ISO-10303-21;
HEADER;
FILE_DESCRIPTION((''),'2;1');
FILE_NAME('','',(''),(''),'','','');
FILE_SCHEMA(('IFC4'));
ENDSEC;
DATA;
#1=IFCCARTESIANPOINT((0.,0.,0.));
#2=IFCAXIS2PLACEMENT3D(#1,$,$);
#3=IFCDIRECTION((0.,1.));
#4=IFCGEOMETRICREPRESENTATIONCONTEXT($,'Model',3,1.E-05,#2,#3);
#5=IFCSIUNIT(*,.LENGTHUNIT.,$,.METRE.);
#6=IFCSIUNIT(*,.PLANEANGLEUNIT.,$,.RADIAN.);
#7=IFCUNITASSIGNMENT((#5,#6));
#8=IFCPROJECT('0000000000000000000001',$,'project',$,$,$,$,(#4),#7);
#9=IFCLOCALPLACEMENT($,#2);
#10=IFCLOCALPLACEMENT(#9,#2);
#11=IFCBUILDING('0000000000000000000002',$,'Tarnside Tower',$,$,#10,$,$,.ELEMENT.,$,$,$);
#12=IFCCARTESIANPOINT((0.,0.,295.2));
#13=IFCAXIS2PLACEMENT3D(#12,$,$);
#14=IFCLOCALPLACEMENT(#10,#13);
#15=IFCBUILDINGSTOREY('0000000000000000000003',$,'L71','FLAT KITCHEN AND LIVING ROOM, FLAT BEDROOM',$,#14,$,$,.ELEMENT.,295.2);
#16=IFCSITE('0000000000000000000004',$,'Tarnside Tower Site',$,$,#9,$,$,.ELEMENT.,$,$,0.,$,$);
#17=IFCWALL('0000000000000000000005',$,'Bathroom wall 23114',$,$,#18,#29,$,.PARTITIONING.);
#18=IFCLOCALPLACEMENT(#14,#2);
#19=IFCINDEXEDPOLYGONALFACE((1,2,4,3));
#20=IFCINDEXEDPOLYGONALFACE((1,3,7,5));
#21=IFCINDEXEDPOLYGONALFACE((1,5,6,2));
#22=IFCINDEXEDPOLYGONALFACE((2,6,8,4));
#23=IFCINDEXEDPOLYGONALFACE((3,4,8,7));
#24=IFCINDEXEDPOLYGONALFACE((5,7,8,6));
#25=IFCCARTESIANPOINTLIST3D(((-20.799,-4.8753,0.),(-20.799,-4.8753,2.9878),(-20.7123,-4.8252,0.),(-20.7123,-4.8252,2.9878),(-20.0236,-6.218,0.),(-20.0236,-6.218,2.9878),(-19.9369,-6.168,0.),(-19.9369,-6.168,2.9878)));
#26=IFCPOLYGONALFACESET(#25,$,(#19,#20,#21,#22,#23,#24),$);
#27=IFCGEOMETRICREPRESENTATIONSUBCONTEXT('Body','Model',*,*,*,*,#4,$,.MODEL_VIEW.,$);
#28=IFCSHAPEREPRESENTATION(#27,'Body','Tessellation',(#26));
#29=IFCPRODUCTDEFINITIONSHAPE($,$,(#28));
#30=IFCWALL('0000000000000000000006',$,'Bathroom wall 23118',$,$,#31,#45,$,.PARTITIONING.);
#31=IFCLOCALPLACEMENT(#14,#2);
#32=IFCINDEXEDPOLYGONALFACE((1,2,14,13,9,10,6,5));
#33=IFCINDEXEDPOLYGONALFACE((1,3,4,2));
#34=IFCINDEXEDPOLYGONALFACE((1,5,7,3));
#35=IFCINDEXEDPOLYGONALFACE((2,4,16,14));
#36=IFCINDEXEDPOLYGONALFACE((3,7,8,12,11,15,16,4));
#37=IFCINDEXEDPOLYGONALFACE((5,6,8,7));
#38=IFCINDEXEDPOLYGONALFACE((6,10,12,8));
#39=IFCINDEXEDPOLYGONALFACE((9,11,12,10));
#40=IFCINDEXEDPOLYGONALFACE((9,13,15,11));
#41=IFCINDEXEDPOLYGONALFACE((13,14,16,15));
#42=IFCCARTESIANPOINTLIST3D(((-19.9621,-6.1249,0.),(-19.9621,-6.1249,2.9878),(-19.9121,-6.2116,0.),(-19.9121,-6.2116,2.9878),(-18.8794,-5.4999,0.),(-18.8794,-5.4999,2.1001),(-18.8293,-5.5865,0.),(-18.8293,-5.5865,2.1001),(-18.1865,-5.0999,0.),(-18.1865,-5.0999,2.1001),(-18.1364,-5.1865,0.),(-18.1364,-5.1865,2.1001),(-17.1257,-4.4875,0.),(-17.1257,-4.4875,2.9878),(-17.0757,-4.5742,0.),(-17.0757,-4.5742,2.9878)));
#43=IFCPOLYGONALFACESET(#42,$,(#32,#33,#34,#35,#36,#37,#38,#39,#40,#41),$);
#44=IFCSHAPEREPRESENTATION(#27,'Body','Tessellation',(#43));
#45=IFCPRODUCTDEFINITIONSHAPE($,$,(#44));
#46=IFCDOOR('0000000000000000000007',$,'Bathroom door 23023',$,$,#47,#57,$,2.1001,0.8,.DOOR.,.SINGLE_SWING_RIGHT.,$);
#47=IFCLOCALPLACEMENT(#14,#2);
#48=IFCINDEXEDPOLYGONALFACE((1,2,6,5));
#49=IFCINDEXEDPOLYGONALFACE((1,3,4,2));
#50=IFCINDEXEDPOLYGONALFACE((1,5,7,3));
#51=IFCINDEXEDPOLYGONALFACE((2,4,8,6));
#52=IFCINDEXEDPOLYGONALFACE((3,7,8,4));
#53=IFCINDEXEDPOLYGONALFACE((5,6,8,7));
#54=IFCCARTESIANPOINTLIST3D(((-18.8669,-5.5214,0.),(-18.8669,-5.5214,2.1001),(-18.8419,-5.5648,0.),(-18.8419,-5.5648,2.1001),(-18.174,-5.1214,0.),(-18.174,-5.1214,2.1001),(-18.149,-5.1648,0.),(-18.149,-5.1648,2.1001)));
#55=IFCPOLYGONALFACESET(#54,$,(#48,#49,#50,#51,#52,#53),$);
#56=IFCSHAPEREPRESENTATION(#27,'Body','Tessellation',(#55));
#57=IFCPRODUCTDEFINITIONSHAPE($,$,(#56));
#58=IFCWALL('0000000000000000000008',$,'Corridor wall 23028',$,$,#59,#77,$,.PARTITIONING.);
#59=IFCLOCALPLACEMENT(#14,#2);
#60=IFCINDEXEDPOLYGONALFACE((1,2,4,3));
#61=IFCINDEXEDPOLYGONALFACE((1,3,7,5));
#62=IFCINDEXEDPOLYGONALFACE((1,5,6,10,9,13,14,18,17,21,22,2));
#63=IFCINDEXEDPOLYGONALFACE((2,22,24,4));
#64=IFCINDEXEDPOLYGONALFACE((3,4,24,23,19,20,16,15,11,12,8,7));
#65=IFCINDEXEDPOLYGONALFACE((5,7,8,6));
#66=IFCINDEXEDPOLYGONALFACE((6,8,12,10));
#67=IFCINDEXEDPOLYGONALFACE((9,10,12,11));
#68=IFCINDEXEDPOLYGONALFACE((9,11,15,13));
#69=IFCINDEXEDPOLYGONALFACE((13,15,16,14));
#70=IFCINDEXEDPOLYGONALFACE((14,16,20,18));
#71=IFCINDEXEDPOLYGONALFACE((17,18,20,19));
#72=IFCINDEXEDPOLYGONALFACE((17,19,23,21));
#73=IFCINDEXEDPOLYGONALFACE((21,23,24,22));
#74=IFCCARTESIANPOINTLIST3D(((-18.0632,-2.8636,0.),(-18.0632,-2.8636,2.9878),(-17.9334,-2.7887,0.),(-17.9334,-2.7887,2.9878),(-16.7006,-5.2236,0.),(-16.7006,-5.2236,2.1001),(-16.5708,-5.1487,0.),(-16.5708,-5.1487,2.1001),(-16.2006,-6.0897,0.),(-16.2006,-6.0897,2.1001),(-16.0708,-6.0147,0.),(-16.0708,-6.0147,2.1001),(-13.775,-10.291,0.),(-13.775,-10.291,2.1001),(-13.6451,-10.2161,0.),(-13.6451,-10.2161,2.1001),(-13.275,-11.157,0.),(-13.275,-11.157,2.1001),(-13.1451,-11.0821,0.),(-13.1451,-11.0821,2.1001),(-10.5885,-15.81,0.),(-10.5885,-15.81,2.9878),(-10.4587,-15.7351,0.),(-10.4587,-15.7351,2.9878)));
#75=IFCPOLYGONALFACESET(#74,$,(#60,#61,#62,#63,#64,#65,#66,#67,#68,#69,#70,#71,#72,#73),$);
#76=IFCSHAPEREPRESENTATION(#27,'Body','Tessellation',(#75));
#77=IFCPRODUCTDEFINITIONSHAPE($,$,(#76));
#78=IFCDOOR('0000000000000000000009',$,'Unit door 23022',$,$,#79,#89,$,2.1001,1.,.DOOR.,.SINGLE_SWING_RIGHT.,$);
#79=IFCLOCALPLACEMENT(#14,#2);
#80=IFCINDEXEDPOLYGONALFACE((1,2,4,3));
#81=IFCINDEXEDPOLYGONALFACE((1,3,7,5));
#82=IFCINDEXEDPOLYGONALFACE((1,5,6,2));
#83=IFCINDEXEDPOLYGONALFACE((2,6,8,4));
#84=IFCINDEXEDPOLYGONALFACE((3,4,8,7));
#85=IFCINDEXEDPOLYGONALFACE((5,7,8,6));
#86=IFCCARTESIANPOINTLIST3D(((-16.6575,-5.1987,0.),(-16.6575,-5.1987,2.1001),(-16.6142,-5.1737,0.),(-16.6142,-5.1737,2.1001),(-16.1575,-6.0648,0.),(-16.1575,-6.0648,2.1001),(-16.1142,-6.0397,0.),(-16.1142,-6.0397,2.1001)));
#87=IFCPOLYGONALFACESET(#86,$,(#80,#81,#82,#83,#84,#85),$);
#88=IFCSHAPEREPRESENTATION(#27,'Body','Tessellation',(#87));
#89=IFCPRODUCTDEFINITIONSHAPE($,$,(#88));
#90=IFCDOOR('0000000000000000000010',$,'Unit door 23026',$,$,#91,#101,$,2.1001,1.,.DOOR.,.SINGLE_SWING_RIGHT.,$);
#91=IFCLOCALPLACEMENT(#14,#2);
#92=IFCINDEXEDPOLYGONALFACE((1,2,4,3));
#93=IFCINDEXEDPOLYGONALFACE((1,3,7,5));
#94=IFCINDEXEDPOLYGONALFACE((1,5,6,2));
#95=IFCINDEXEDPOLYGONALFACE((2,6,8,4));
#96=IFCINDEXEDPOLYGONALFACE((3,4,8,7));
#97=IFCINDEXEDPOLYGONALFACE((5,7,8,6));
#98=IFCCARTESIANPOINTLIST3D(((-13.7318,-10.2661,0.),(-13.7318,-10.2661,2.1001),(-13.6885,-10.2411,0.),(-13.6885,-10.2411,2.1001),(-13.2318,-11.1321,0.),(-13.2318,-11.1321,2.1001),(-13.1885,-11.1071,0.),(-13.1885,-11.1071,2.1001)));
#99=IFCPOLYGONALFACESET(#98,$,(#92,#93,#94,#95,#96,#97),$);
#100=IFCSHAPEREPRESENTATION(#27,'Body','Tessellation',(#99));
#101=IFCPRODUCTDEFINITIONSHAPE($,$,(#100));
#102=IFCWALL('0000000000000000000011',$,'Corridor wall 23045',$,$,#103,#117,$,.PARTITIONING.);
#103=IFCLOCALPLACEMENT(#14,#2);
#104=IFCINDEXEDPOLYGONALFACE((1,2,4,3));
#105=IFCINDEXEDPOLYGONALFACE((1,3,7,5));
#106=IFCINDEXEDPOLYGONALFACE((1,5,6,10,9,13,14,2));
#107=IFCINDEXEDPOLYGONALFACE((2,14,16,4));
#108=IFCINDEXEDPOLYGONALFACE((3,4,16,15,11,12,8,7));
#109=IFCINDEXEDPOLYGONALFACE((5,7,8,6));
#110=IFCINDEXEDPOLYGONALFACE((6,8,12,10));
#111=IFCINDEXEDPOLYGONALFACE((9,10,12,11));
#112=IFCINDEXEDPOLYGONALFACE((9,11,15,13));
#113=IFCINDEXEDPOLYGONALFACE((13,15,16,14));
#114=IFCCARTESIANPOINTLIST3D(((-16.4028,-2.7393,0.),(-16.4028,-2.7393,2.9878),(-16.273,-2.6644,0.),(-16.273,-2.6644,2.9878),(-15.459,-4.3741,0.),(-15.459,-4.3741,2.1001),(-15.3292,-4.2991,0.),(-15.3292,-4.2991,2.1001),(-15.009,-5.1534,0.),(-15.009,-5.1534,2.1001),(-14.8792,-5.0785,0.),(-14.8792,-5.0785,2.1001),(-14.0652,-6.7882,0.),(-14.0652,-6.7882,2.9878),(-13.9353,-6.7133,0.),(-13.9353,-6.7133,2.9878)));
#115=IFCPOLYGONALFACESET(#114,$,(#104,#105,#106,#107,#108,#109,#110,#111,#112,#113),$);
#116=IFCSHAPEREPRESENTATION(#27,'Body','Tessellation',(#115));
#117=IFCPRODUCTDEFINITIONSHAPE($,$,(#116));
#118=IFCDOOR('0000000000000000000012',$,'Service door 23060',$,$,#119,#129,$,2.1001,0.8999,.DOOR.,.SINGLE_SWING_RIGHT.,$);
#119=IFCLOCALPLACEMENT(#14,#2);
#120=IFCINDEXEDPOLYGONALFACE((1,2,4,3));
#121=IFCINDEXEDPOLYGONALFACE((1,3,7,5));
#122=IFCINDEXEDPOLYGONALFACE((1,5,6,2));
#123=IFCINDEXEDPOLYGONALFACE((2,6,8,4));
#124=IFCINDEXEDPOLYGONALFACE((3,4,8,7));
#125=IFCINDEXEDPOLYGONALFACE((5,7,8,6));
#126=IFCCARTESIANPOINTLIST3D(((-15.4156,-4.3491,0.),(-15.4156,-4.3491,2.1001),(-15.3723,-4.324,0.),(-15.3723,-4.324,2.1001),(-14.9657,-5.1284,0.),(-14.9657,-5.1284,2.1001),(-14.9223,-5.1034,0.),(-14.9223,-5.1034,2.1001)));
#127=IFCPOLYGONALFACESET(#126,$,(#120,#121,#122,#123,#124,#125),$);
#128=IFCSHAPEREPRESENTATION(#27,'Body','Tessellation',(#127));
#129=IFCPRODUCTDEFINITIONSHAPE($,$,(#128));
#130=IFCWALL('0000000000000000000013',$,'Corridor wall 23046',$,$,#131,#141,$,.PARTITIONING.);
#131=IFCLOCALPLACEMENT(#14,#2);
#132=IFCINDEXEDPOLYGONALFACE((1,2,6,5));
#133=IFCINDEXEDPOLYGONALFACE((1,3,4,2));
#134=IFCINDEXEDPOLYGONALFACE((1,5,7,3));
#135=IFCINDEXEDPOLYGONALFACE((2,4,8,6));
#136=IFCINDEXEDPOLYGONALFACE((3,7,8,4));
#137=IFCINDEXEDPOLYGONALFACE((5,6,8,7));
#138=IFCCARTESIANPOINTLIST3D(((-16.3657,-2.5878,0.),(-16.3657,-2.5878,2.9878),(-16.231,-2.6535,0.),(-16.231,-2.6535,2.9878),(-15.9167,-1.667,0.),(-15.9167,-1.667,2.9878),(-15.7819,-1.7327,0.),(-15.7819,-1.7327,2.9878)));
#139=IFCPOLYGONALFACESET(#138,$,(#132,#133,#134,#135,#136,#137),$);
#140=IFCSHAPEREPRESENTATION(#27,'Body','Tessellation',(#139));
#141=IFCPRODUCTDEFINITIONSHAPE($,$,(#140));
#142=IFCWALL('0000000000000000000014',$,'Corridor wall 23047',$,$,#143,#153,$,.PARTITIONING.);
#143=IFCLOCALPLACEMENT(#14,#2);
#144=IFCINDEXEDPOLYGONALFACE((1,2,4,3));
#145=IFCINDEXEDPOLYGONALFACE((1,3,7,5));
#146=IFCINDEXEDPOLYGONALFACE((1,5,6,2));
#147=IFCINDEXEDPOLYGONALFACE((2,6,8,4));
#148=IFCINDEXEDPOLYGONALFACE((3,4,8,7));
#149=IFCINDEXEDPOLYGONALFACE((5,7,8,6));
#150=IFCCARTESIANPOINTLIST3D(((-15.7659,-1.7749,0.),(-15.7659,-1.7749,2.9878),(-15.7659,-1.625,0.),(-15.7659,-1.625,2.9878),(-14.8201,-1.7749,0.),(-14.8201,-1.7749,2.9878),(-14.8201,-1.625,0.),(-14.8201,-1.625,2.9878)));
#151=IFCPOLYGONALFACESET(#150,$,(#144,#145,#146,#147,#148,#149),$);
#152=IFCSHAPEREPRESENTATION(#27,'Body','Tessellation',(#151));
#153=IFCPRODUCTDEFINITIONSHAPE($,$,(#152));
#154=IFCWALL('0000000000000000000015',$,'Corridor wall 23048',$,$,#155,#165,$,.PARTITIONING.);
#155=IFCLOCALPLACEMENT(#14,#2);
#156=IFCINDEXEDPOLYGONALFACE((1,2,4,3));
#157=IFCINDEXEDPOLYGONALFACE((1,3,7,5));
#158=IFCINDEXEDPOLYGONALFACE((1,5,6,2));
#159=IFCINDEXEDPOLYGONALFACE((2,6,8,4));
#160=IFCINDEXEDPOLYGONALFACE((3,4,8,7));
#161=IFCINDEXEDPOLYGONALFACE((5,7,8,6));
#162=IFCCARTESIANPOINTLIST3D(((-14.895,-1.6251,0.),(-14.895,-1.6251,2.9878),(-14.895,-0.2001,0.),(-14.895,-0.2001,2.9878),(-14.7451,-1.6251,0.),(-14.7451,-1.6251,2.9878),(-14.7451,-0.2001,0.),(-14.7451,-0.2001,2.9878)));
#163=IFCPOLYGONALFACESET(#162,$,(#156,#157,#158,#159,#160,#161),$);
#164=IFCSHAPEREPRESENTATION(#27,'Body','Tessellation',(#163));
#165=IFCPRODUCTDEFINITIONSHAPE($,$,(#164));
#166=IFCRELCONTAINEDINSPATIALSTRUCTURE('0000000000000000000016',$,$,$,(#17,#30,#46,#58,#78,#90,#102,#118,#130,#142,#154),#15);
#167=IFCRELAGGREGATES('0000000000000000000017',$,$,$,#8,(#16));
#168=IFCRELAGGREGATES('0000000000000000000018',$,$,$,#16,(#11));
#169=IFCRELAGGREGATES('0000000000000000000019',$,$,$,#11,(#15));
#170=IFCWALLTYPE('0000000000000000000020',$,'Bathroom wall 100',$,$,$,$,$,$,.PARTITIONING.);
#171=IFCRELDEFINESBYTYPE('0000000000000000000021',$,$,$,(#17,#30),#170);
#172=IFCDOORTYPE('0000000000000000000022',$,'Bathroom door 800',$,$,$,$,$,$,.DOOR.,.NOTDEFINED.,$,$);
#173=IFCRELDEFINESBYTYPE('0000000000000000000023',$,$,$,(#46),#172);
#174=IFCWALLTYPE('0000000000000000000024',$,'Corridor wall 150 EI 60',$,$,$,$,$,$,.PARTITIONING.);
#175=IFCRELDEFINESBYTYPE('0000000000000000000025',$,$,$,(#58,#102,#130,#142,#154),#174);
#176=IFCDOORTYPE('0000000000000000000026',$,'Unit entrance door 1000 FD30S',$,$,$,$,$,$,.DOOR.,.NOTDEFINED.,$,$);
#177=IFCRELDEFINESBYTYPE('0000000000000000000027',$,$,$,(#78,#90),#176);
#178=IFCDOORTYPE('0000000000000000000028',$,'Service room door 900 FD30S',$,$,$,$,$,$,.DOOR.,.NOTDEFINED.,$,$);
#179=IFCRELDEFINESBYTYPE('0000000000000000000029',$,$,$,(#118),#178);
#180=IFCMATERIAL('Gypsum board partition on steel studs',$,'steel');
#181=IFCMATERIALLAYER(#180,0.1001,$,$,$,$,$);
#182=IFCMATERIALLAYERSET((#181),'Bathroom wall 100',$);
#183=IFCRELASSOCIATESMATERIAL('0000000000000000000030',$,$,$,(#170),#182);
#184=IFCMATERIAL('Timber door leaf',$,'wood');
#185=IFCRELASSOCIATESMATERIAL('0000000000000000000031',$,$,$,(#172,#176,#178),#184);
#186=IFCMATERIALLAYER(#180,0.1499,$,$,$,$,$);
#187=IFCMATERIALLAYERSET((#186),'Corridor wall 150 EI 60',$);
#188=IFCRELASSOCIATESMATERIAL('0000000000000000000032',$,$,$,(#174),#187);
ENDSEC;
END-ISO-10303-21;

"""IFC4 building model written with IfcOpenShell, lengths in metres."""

from ifc_helpers import new_model, si_unit, direction, frame, frame_2d, origin, place, context, subcontext, project, spatial, rectangle, extrude, material, layer, layer_set, type_object, element, fill, save


model = new_model("IFC4")

# Units and contexts
model_context = context("Model", 3, precision=1e-05, world=origin(), true_north=direction((0.0, 1.0)))
body_context = subcontext(model_context, "Body", "Model", "MODEL_VIEW")
ifc_project = project(units=[si_unit("LENGTHUNIT", "METRE"), si_unit("PLANEANGLEUNIT", "RADIAN")], contexts=[model_context])

# Site, building, storey
site_placement = place(None, origin())
site = spatial("IfcSite", under=ifc_project, at=site_placement, Name="Tarnside Tower Site", CompositionType="ELEMENT", RefElevation=0.0)
building_placement = place(site_placement, origin())
building = spatial("IfcBuilding", under=site, at=building_placement, Name="Tarnside Tower", CompositionType="ELEMENT")
storey_placement = place(building_placement, frame((0.0, 0.0, 295.2)))
storey = spatial("IfcBuildingStorey", under=building, at=storey_placement, Name="L71", Description="FLAT KITCHEN AND LIVING ROOM, FLAT BEDROOM", CompositionType="ELEMENT", Elevation=295.2)

# Wall
ifc_material_1 = material(Name="Gypsum board partition on steel studs", Category="steel")
ifc_layer_1 = layer(ifc_material_1, 0.1001)
ifc_layer_set_1 = layer_set([ifc_layer_1], Name="Bathroom wall 100")
wall_type_1 = type_object("IfcWallType", Name="Bathroom wall 100", PredefinedType="PARTITIONING", material=ifc_layer_set_1)
wall_1_placement = place(storey_placement, frame((-19.9802, -6.1931, 0.0), z_axis=(0.0, 0.0, 1.0), x_axis=(-0.500068, 0.865986, 0.0)))
element("IfcWall", 1, at=wall_1_placement, inside=storey, type_object=wall_type_1, Name="Bathroom wall 23114", PredefinedType="PARTITIONING", context=body_context, shape_type="SweptSolid", body=[
    extrude(rectangle(XDim=1.5505, YDim=0.1001, at=frame_2d((0.7754, 0.0))), origin(), (0.0, 0.0, 1.0), 2.9878),
])

# Wall, opening, door
wall_2_placement = place(storey_placement, frame((-17.1006, -4.5308, 0.0), z_axis=(0.0, 0.0, 1.0), x_axis=(-0.866047, -0.499963, 0.0)))
wall_2 = element("IfcWall", 2, at=wall_2_placement, inside=storey, type_object=wall_type_1, Name="Bathroom wall 23118", PredefinedType="PARTITIONING", context=body_context, shape_type="SweptSolid", body=[
    extrude(rectangle(XDim=3.2751, YDim=0.1001, at=frame_2d((1.6377, 0.0))), origin(), (0.0, 0.0, 1.0), 2.9878),
])
opening_1_placement = place(wall_2_placement, frame((1.2251, 0.0, 0.0)))
opening_1 = element("IfcOpeningElement", 3, at=opening_1_placement, cuts=wall_2, PredefinedType="OPENING", context=body_context, shape_type="SweptSolid", body=[
    extrude(rectangle(XDim=0.8, YDim=2.1001, at=frame_2d((0.3999, 1.05))), frame((0.0, 0.0601, 0.0), z_axis=(0.0, -1.0, 0.0), x_axis=(1.0, 0.0, 0.0)), (0.0, 0.0, 1.0), 0.1201),
])
ifc_material_2 = material(Name="Timber door leaf", Category="wood")
door_type_1 = type_object("IfcDoorType", Name="Bathroom door 800", OperationType="NOTDEFINED", PredefinedType="DOOR", material=ifc_material_2)
door_1_placement = place(opening_1_placement, origin())
door_1 = element("IfcDoor", 4, at=door_1_placement, inside=storey, type_object=door_type_1, Name="Bathroom door 23023", OperationType="SINGLE_SWING_RIGHT", OverallHeight=2.1001, OverallWidth=0.8, PredefinedType="DOOR", context=body_context, shape_type="SweptSolid", body=[
    extrude(rectangle(XDim=0.8, YDim=2.1001, at=frame_2d((0.3999, 1.05))), frame((0.0, 0.0249, 0.0), z_axis=(0.0, -1.0, 0.0), x_axis=(1.0, 0.0, 0.0)), (0.0, 0.0, 1.0), 0.05),
])
fill(opening_1, door_1)

# Wall, openings, doors
ifc_layer_2 = layer(ifc_material_1, 0.1499)
ifc_layer_set_2 = layer_set([ifc_layer_2], Name="Corridor wall 150 EI 60")
wall_type_2 = type_object("IfcWallType", Name="Corridor wall 150 EI 60", PredefinedType="PARTITIONING", material=ifc_layer_set_2)
wall_3_placement = place(storey_placement, frame((-17.9983, -2.8262, 0.0), z_axis=(0.0, 0.0, 1.0), x_axis=(0.500003, -0.866023, 0.0)))
wall_3 = element("IfcWall", 5, at=wall_3_placement, inside=storey, type_object=wall_type_2, Name="Corridor wall 23028", PredefinedType="PARTITIONING", context=body_context, shape_type="SweptSolid", body=[
    extrude(rectangle(XDim=14.9492, YDim=0.1499, at=frame_2d((7.4746, 0.0))), origin(), (0.0, 0.0, 1.0), 2.9878),
])
opening_2_placement = place(wall_3_placement, frame((2.7251, 0.0, 0.0)))
opening_2 = element("IfcOpeningElement", 6, at=opening_2_placement, cuts=wall_3, PredefinedType="OPENING", context=body_context, shape_type="SweptSolid", body=[
    extrude(rectangle(XDim=1.0, YDim=2.1001, at=frame_2d((0.5, 1.05))), frame((0.0, 0.085, 0.0), z_axis=(0.0, -1.0, 0.0), x_axis=(1.0, 0.0, 0.0)), (0.0, 0.0, 1.0), 0.1699),
])
opening_3_placement = place(wall_3_placement, frame((8.5764, 0.0, 0.0)))
opening_3 = element("IfcOpeningElement", 7, at=opening_3_placement, cuts=wall_3, PredefinedType="OPENING", context=body_context, shape_type="SweptSolid", body=[
    extrude(rectangle(XDim=1.0, YDim=2.1001, at=frame_2d((0.5, 1.05))), frame((0.0, 0.085, 0.0), z_axis=(0.0, -1.0, 0.0), x_axis=(1.0, 0.0, 0.0)), (0.0, 0.0, 1.0), 0.1699),
])
door_type_2 = type_object("IfcDoorType", Name="Unit entrance door 1000 FD30S", OperationType="NOTDEFINED", PredefinedType="DOOR", material=ifc_material_2)
door_2_placement = place(opening_2_placement, origin())
door_2 = element("IfcDoor", 8, at=door_2_placement, inside=storey, type_object=door_type_2, Name="Unit door 23022", OperationType="SINGLE_SWING_RIGHT", OverallHeight=2.1001, OverallWidth=1.0, PredefinedType="DOOR", context=body_context, shape_type="SweptSolid", body=[
    extrude(rectangle(XDim=1.0, YDim=2.1001, at=frame_2d((0.5, 1.05))), frame((0.0, 0.0249, 0.0), z_axis=(0.0, -1.0, 0.0), x_axis=(1.0, 0.0, 0.0)), (0.0, 0.0, 1.0), 0.05),
])
fill(opening_2, door_2)
door_3_placement = place(opening_3_placement, origin())
door_3 = element("IfcDoor", 9, at=door_3_placement, inside=storey, type_object=door_type_2, Name="Unit door 23026", OperationType="SINGLE_SWING_RIGHT", OverallHeight=2.1001, OverallWidth=1.0, PredefinedType="DOOR", context=body_context, shape_type="SweptSolid", body=[
    extrude(rectangle(XDim=1.0, YDim=2.1001, at=frame_2d((0.5, 1.05))), frame((0.0, 0.0249, 0.0), z_axis=(0.0, -1.0, 0.0), x_axis=(1.0, 0.0, 0.0)), (0.0, 0.0, 1.0), 0.05),
])
fill(opening_3, door_3)

# Wall, opening, door
wall_4_placement = place(storey_placement, frame((-14.0002, -6.7507, 0.0), z_axis=(0.0, 0.0, 1.0), x_axis=(-0.500009, 0.86602, 0.0)))
wall_4 = element("IfcWall", 10, at=wall_4_placement, inside=storey, type_object=wall_type_2, Name="Corridor wall 23045", PredefinedType="PARTITIONING", context=body_context, shape_type="SweptSolid", body=[
    extrude(rectangle(XDim=4.6753, YDim=0.1499, at=frame_2d((2.3376, 0.0))), origin(), (0.0, 0.0, 1.0), 2.9878),
])
opening_4_placement = place(wall_4_placement, frame((1.8877, 0.0, 0.0)))
opening_4 = element("IfcOpeningElement", 11, at=opening_4_placement, cuts=wall_4, PredefinedType="OPENING", context=body_context, shape_type="SweptSolid", body=[
    extrude(rectangle(XDim=0.8999, YDim=2.1001, at=frame_2d((0.45, 1.05))), frame((0.0, 0.085, 0.0), z_axis=(0.0, -1.0, 0.0), x_axis=(1.0, 0.0, 0.0)), (0.0, 0.0, 1.0), 0.1699),
])
door_type_3 = type_object("IfcDoorType", Name="Service room door 900 FD30S", OperationType="NOTDEFINED", PredefinedType="DOOR", material=ifc_material_2)
door_4_placement = place(opening_4_placement, origin())
door_4 = element("IfcDoor", 12, at=door_4_placement, inside=storey, type_object=door_type_3, Name="Service door 23060", OperationType="SINGLE_SWING_RIGHT", OverallHeight=2.1001, OverallWidth=0.8999, PredefinedType="DOOR", context=body_context, shape_type="SweptSolid", body=[
    extrude(rectangle(XDim=0.8999, YDim=2.1001, at=frame_2d((0.45, 1.05))), frame((0.0, 0.0249, 0.0), z_axis=(0.0, -1.0, 0.0), x_axis=(1.0, 0.0, 0.0)), (0.0, 0.0, 1.0), 0.05),
])
fill(opening_4, door_4)

# Walls
wall_5_placement = place(storey_placement, frame((-16.2983, -2.6206, 0.0), z_axis=(0.0, 0.0, 1.0), x_axis=(0.438325, 0.898817, 0.0)))
element("IfcWall", 13, at=wall_5_placement, inside=storey, type_object=wall_type_2, Name="Corridor wall 23046", PredefinedType="PARTITIONING", context=body_context, shape_type="SweptSolid", body=[
    extrude(rectangle(XDim=1.0244, YDim=0.1499, at=frame_2d((0.5122, 0.0))), origin(), (0.0, 0.0, 1.0), 2.9878),
])
wall_6_placement = place(storey_placement, frame((-15.7659, -1.7, 0.0), z_axis=(0.0, 0.0, 1.0), x_axis=(1.0, 0.0, 0.0)))
element("IfcWall", 14, at=wall_6_placement, inside=storey, type_object=wall_type_2, Name="Corridor wall 23047", PredefinedType="PARTITIONING", context=body_context, shape_type="SweptSolid", body=[
    extrude(rectangle(XDim=0.9458, YDim=0.1499, at=frame_2d((0.4729, 0.0))), origin(), (0.0, 0.0, 1.0), 2.9878),
])
wall_7_placement = place(storey_placement, frame((-14.8201, -1.625, 0.0), z_axis=(0.0, 0.0, 1.0), x_axis=(0.0, 1.0, 0.0)))
element("IfcWall", 15, at=wall_7_placement, inside=storey, type_object=wall_type_2, Name="Corridor wall 23048", PredefinedType="PARTITIONING", context=body_context, shape_type="SweptSolid", body=[
    extrude(rectangle(XDim=1.425, YDim=0.1499, at=frame_2d((0.7124, 0.0))), origin(), (0.0, 0.0, 1.0), 2.9878),
])

save(model, "model.ifc")
